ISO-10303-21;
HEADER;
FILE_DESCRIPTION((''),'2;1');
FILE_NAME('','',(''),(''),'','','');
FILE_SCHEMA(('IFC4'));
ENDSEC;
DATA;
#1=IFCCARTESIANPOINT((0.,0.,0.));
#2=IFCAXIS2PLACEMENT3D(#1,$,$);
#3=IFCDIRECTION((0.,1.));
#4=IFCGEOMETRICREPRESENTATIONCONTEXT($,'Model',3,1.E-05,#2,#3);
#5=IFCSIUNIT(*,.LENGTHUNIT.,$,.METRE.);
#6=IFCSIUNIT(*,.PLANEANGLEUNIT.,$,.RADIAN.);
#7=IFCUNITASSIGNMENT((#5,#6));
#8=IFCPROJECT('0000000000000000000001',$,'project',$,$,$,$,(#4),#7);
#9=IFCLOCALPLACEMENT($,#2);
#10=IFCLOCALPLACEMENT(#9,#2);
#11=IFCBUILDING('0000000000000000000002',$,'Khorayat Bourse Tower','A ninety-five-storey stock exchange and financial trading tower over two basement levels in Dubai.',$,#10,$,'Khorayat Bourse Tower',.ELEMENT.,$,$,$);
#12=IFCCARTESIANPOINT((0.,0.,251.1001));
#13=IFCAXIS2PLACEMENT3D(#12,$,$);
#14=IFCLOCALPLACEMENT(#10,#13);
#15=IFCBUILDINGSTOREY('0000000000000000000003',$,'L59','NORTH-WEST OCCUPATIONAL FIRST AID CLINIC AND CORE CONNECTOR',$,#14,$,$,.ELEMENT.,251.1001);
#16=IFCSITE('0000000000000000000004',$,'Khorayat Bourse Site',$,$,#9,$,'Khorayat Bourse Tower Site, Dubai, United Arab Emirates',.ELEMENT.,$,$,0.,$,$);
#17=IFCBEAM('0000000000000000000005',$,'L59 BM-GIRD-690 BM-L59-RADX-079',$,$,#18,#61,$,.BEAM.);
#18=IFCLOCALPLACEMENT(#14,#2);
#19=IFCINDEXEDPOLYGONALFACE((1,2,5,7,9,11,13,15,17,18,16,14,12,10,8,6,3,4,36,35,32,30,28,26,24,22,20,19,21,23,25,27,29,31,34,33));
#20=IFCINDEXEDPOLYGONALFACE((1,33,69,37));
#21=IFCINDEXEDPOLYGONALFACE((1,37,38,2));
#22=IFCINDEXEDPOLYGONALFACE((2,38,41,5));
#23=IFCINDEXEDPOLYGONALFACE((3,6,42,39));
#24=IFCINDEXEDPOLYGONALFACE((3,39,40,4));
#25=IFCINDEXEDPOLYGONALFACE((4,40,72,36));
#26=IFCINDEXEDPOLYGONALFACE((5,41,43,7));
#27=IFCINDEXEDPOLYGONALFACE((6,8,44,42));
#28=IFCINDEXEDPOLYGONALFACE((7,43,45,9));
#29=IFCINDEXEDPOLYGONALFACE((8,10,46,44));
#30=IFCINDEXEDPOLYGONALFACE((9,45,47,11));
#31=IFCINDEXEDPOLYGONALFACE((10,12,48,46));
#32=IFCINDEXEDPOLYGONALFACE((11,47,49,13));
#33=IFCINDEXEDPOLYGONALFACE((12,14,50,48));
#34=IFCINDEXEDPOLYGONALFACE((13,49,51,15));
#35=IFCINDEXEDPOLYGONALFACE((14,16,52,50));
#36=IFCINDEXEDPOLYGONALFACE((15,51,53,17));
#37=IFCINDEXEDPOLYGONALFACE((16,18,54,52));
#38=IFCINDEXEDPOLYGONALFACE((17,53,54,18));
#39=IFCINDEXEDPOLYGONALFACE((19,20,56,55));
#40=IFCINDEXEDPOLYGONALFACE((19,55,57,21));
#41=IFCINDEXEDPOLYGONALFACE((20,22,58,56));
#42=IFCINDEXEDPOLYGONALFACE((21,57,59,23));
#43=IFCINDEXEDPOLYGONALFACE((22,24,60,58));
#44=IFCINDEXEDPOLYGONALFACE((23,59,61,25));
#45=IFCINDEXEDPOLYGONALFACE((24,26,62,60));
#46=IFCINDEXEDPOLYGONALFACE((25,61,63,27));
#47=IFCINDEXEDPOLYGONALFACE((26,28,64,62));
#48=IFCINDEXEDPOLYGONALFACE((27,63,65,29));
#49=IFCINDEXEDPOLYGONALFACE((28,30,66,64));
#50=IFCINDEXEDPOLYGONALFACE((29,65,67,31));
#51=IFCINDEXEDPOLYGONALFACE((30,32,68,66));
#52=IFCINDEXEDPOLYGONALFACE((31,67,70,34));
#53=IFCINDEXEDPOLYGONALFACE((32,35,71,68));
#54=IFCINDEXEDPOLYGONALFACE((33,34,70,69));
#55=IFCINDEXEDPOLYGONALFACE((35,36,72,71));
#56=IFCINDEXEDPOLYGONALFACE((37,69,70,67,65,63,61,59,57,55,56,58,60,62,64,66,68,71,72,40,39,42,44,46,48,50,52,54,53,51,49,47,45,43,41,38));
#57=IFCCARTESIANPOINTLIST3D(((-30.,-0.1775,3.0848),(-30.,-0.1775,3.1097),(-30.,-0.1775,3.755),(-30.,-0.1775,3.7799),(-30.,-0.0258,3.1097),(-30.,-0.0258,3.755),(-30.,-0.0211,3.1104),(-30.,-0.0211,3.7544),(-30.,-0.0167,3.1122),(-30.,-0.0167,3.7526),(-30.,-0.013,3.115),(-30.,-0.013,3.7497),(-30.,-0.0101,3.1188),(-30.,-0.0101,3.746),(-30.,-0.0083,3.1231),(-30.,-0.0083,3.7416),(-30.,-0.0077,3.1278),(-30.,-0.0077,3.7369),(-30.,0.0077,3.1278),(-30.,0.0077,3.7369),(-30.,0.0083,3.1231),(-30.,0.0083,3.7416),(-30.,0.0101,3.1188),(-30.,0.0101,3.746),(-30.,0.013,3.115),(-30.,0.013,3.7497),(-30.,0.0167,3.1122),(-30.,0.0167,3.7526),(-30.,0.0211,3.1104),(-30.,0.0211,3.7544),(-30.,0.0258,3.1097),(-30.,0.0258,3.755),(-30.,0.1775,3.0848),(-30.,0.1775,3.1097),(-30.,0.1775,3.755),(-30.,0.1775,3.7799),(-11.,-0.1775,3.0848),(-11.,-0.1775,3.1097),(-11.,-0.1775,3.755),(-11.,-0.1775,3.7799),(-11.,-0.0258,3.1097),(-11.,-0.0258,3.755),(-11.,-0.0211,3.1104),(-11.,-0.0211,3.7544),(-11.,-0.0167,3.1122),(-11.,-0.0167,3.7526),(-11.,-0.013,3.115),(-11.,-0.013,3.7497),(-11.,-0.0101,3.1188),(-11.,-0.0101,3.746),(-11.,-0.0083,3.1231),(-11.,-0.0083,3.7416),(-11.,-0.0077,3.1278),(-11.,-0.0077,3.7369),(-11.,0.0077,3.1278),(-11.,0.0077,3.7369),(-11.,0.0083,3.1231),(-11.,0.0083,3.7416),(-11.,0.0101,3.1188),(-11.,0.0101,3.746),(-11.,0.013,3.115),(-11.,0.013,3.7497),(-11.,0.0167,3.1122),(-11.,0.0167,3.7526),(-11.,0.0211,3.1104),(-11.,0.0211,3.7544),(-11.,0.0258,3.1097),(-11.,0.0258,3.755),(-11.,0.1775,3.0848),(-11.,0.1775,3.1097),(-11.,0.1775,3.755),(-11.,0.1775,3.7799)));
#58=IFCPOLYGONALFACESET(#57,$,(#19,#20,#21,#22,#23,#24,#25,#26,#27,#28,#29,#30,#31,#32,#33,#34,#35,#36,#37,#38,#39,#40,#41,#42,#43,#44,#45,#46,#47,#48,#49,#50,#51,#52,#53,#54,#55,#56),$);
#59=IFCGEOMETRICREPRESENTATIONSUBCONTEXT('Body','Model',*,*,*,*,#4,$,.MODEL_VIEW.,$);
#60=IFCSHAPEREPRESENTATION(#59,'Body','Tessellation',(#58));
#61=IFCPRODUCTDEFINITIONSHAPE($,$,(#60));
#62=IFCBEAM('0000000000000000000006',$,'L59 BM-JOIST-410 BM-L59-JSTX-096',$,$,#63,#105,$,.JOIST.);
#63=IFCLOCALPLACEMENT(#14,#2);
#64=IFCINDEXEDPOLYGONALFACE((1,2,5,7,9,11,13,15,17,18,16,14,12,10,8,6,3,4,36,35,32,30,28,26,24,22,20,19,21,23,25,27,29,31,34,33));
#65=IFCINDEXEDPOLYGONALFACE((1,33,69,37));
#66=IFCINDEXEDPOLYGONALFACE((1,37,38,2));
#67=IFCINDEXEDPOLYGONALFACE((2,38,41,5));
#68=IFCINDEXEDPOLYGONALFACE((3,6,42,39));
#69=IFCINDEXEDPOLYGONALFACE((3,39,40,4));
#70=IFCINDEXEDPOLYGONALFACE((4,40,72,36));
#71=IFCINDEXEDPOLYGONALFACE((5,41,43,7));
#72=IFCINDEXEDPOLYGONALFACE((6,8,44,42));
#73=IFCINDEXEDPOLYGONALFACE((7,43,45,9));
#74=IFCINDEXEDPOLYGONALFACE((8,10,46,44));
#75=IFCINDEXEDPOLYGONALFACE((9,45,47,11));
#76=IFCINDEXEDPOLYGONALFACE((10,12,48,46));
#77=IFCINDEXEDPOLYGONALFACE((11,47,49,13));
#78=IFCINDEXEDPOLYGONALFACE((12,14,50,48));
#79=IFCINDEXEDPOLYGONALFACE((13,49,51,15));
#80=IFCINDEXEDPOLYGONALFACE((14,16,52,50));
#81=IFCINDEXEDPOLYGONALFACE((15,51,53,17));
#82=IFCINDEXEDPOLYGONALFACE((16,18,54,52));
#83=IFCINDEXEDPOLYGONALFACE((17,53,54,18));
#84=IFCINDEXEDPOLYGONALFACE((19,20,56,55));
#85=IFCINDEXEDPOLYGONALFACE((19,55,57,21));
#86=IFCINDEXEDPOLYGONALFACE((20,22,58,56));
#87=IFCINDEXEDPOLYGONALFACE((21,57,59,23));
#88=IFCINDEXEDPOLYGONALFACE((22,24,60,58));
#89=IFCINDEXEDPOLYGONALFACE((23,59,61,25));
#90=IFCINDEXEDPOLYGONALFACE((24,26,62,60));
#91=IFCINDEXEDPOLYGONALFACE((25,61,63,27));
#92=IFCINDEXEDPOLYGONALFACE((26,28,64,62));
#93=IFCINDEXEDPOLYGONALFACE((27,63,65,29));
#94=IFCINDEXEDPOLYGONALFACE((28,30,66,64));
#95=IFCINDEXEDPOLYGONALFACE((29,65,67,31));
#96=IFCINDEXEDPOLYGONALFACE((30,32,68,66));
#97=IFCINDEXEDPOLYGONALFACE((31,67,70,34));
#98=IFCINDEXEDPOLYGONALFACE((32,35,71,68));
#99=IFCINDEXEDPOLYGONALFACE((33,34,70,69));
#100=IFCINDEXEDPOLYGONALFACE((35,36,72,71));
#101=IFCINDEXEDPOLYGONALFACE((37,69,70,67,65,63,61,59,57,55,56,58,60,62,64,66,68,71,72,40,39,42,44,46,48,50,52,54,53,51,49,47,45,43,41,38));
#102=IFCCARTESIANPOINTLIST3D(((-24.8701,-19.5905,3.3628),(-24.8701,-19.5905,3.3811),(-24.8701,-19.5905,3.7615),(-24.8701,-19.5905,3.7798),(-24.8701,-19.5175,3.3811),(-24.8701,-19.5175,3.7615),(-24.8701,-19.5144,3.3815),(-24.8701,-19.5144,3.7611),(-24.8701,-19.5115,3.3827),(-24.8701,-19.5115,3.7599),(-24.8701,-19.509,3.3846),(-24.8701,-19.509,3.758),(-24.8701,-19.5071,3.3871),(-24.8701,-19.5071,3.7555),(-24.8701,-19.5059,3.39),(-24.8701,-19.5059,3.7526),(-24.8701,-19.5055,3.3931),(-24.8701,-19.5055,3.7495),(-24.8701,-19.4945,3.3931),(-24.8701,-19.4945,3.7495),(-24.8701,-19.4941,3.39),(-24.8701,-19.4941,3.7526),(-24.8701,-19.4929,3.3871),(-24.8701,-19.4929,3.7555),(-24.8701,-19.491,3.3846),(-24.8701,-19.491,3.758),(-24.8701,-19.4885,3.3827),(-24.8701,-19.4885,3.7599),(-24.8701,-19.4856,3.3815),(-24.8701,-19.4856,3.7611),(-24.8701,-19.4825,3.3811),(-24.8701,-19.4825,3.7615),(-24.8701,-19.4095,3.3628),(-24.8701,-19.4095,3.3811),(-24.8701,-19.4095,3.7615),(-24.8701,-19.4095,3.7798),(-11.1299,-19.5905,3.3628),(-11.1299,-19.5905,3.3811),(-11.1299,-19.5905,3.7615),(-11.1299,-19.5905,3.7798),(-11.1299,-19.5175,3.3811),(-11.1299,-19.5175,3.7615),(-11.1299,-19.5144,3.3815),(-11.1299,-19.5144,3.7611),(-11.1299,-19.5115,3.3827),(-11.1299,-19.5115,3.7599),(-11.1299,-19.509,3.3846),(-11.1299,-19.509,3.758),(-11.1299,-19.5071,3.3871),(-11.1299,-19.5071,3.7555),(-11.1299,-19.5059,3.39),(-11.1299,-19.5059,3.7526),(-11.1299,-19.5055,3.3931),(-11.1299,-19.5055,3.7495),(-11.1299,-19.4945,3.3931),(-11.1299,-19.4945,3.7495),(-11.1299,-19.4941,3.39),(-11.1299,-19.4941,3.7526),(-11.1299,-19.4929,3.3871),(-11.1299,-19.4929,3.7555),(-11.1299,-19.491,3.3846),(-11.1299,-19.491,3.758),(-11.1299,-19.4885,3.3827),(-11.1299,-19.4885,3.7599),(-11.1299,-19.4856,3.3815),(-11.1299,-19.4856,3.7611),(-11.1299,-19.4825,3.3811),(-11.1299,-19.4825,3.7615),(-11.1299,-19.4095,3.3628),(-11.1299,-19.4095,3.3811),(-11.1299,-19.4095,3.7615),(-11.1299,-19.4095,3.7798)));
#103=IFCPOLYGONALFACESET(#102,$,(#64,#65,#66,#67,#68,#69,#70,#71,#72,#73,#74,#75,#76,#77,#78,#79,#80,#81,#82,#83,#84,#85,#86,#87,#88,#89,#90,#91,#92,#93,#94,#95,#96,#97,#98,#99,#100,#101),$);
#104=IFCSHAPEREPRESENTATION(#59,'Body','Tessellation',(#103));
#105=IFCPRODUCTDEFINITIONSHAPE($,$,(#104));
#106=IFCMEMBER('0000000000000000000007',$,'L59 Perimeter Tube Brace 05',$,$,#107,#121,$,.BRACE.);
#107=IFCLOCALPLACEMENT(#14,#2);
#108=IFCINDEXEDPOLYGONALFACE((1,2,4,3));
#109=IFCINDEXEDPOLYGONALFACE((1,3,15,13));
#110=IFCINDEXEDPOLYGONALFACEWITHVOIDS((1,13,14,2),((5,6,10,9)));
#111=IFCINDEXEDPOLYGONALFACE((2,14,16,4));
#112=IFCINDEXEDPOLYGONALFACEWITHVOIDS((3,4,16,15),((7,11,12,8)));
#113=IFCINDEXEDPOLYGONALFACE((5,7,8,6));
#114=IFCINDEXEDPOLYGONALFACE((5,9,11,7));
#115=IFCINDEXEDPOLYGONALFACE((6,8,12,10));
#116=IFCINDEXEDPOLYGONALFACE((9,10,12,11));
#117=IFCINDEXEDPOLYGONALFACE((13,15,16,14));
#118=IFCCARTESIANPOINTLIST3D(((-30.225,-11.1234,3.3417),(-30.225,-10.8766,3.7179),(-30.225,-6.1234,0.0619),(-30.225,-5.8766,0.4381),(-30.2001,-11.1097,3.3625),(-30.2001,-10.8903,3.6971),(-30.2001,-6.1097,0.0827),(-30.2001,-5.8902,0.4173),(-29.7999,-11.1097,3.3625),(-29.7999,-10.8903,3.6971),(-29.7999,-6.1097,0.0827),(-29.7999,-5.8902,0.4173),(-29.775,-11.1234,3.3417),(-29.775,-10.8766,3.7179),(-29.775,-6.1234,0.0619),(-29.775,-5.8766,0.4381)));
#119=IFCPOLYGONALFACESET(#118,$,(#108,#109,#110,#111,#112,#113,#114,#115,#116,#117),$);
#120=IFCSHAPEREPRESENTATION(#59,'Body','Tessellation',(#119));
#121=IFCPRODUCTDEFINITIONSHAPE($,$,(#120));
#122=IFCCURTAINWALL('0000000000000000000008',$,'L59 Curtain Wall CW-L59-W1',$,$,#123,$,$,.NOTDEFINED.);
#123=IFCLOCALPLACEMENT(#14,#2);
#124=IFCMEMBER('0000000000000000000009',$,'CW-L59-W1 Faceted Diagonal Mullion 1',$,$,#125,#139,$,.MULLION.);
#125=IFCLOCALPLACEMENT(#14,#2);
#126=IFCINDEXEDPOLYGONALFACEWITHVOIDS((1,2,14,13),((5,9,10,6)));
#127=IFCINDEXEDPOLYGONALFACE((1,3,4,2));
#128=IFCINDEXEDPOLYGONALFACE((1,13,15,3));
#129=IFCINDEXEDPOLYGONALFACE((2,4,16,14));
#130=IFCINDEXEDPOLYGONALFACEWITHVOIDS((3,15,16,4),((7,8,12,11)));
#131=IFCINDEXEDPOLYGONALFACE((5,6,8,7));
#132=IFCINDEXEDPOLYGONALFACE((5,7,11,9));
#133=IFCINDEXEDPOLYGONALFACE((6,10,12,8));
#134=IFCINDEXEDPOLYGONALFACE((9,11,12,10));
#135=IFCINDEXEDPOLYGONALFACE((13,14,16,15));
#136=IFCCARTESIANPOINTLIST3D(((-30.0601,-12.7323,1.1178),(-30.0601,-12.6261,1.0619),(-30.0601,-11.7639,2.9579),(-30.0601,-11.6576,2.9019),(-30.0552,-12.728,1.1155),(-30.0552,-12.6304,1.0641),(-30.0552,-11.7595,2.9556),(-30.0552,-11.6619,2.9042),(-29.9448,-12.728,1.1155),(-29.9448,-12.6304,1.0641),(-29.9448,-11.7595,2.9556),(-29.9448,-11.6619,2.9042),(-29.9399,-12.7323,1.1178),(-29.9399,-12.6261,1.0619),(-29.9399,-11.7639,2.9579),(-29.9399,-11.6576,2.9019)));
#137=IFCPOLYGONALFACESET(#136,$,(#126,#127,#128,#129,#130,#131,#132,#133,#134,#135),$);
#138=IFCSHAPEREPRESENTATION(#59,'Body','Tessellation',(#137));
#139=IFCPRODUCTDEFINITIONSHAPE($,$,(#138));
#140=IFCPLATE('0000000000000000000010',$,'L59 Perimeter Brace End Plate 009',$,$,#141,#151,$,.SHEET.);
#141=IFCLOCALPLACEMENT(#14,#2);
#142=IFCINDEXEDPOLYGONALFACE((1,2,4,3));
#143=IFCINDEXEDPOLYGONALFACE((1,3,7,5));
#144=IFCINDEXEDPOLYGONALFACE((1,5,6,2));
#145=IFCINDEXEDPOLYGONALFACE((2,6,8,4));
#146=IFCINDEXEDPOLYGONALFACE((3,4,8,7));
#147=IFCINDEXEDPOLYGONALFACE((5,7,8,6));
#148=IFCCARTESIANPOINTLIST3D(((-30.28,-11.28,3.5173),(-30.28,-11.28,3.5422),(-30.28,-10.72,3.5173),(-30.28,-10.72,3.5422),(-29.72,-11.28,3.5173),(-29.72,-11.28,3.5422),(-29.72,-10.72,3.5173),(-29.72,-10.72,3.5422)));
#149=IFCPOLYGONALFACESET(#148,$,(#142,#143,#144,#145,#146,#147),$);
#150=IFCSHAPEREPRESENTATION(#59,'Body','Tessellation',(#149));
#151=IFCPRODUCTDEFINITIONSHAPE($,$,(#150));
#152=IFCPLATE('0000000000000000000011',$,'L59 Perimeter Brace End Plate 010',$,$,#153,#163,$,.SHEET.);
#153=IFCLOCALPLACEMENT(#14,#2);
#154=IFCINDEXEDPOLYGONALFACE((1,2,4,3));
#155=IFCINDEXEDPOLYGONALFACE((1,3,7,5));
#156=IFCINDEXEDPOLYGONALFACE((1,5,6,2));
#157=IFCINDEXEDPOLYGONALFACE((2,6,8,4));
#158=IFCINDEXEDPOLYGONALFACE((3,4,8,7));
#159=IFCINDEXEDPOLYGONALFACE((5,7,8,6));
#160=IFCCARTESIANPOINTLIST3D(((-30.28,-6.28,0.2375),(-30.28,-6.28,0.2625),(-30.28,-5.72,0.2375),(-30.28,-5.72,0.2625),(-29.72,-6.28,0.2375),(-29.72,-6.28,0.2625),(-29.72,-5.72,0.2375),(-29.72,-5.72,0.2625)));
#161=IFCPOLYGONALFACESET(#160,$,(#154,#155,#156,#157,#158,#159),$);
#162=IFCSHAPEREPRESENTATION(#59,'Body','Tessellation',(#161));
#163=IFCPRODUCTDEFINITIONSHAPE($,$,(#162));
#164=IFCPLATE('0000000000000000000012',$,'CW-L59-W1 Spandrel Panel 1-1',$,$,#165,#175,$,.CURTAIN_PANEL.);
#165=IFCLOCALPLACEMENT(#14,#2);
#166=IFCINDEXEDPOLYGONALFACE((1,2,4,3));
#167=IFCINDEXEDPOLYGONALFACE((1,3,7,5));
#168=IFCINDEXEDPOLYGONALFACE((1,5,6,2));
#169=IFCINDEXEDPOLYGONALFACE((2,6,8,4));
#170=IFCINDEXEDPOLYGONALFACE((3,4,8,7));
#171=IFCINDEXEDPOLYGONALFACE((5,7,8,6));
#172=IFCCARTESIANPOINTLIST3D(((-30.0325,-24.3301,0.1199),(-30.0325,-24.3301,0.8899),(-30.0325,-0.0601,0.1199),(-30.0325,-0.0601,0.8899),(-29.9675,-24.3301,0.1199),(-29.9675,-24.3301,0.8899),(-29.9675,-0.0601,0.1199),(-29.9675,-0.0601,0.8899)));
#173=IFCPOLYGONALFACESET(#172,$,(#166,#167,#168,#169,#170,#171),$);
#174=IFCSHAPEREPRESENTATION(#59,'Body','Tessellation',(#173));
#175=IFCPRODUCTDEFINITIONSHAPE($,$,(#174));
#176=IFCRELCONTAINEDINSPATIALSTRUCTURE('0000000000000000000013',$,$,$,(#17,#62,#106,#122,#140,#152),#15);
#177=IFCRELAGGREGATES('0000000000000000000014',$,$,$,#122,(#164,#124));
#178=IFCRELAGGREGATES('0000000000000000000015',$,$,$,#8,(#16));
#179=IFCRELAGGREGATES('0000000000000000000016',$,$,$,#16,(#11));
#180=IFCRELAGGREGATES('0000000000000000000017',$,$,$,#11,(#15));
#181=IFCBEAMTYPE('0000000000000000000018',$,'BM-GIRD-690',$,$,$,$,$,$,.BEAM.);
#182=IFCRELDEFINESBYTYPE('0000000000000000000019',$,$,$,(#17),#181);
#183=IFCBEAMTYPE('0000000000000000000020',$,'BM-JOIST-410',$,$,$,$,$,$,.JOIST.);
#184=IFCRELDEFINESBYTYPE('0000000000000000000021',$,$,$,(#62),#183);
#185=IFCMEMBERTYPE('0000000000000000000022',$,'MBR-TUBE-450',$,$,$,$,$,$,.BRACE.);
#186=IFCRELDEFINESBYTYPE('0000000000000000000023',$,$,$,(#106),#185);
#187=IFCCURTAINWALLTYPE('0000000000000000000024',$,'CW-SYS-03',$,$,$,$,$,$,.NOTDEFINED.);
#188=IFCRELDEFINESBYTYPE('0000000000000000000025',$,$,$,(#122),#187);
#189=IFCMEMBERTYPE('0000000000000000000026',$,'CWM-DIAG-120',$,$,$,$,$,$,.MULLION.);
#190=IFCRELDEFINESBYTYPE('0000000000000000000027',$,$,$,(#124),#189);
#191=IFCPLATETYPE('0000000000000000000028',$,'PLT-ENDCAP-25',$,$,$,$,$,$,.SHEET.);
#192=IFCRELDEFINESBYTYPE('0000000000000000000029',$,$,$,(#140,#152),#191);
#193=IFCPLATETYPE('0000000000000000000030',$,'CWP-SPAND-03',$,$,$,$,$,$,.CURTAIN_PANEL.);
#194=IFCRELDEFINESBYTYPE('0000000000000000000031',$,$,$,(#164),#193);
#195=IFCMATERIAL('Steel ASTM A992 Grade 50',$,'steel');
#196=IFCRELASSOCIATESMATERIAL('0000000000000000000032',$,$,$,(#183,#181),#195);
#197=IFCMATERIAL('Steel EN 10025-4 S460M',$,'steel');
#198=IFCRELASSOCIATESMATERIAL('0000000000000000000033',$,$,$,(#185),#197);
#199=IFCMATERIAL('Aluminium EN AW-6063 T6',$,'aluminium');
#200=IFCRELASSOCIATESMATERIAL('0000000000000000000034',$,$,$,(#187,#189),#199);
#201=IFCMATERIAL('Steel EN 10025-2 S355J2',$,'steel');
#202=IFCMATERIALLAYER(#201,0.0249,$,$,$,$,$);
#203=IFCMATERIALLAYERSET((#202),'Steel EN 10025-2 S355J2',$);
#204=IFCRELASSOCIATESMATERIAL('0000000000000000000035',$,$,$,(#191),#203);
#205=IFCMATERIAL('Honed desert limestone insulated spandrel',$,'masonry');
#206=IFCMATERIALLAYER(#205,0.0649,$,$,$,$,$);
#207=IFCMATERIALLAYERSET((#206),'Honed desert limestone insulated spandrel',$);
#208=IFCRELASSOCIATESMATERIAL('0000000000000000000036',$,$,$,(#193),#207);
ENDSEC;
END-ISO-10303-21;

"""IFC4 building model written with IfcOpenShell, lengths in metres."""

from ifc_helpers import new_model, si_unit, direction, frame, origin, origin_2d, place, context, subcontext, project, spatial, rectangle, hollow_rectangle, i_section, extrude, source, transform, mapped, material, layer, layer_set, material_profile, profile_set, type_object, element, aggregate, save


model = new_model("IFC4")

# Units and contexts
model_context = context("Model", 3, precision=1e-05, world=origin(), true_north=direction((0.0, 1.0)))
body_context = subcontext(model_context, "Body", "Model", "MODEL_VIEW")
ifc_project = project(units=[si_unit("LENGTHUNIT", "METRE"), si_unit("PLANEANGLEUNIT", "RADIAN")], contexts=[model_context])

# Site, building, storey
site_placement = place(None, origin())
site = spatial("IfcSite", under=ifc_project, at=site_placement, Name="Khorayat Bourse Site", LongName="Khorayat Bourse Tower Site, Dubai, United Arab Emirates", CompositionType="ELEMENT", RefElevation=0.0)
building_placement = place(site_placement, origin())
building = spatial("IfcBuilding", under=site, at=building_placement, Name="Khorayat Bourse Tower", Description="A ninety-five-storey stock exchange and financial trading tower over two basement levels in Dubai.", LongName="Khorayat Bourse Tower", CompositionType="ELEMENT")
storey_placement = place(building_placement, frame((0.0, 0.0, 251.1001)))
storey = spatial("IfcBuildingStorey", under=building, at=storey_placement, Name="L59", Description="NORTH-WEST OCCUPATIONAL FIRST AID CLINIC AND CORE CONNECTOR", CompositionType="ELEMENT", Elevation=251.1001)

# Shared definitions
ifc_material_1 = material(Name="Steel EN 10025-4 S460M", Category="steel")

# Beams
ifc_material_2 = material(Name="Steel ASTM A992 Grade 50", Category="steel")
ifc_material_profile_1 = material_profile(ifc_material_2, i_section(OverallWidth=0.1809, OverallDepth=0.417, WebThickness=0.011, FlangeThickness=0.0183, FilletRadius=0.012, at=origin_2d()), Name="W410X85")
ifc_profile_set_1 = profile_set([ifc_material_profile_1], Name="Steel ASTM A992 Grade 50")
beam_type_1 = type_object("IfcBeamType", Name="BM-JOIST-410", PredefinedType="JOIST", material=ifc_profile_set_1)
ifc_material_profile_2 = material_profile(ifc_material_2, i_section(OverallWidth=0.355, OverallDepth=0.6951, WebThickness=0.0154, FlangeThickness=0.0249, FilletRadius=0.0181, at=origin_2d()), Name="W690X217")
ifc_profile_set_2 = profile_set([ifc_material_profile_2], Name="Steel ASTM A992 Grade 50")
beam_type_2 = type_object("IfcBeamType", Name="BM-GIRD-690", PredefinedType="BEAM", material=ifc_profile_set_2)
shared_shape_1 = source(origin(), body_context, "Body", "SweptSolid", [
    extrude(i_section(OverallWidth=0.355, OverallDepth=0.6951, WebThickness=0.0154, FlangeThickness=0.0249, FilletRadius=0.0181, at=origin_2d()), origin(), (0.0, 0.0, 1.0), 19.0),
])
for number, where, z_axis, x_axis, name in (
    (1, (-30.0, 0.0, 3.4324), (1.0, 0.0, 0.0), (0.0, 1.0, 0.0), "L59 BM-GIRD-690 BM-L59-RADX-079"),
):
    element("IfcBeam", number, at=place(storey_placement, frame(where, z_axis=z_axis, x_axis=x_axis)), inside=storey, type_object=beam_type_2, Name=name, PredefinedType="BEAM", context=body_context, shape_type="MappedRepresentation", body=[
        mapped(shared_shape_1, transform((0.0, 0.0, 0.0), scale=1.0)),
    ])
shared_shape_2 = source(origin(), body_context, "Body", "SweptSolid", [
    extrude(i_section(OverallWidth=0.1809, OverallDepth=0.417, WebThickness=0.011, FlangeThickness=0.0183, FilletRadius=0.012, at=origin_2d()), origin(), (0.0, 0.0, 1.0), 13.7402),
])
beam_1_placement = place(storey_placement, frame((-24.8701, -19.5, 3.5713), z_axis=(1.0, 0.0, 0.0), x_axis=(0.0, 1.0, 0.0)))
element("IfcBeam", 2, at=beam_1_placement, inside=storey, type_object=beam_type_1, Name="L59 BM-JOIST-410 BM-L59-JSTX-096", PredefinedType="JOIST", context=body_context, shape_type="MappedRepresentation", body=[
    mapped(shared_shape_2, transform((0.0, 0.0, 0.0), scale=1.0)),
])

# Member
ifc_material_profile_3 = material_profile(ifc_material_1, hollow_rectangle(XDim=0.45, YDim=0.45, WallThickness=0.0249, at=origin_2d()), Name="HSS 450x450x25")
ifc_profile_set_3 = profile_set([ifc_material_profile_3], Name="Steel EN 10025-4 S460M")
member_type_1 = type_object("IfcMemberType", Name="MBR-TUBE-450", PredefinedType="BRACE", material=ifc_profile_set_3)
shared_shape_3 = source(origin(), body_context, "Body", "SweptSolid", [
    extrude(hollow_rectangle(XDim=0.45, YDim=0.45, WallThickness=0.0249, at=origin_2d()), origin(), (0.0, 0.0, 1.0), 5.9797),
])
member_1_placement = place(storey_placement, frame((-30.0, -11.0, 3.5298), z_axis=(0.0, 0.83616, -0.548485), x_axis=(-1.0, 0.0, 0.0)))
element("IfcMember", 3, at=member_1_placement, inside=storey, type_object=member_type_1, Name="L59 Perimeter Tube Brace 05", PredefinedType="BRACE", context=body_context, shape_type="MappedRepresentation", body=[
    mapped(shared_shape_3, transform((0.0, 0.0, 0.0), scale=1.0)),
])

# Curtain wall, member
ifc_material_3 = material(Name="Aluminium EN AW-6063 T6", Category="aluminium")
curtain_wall_type = type_object("IfcCurtainWallType", Name="CW-SYS-03", PredefinedType="NOTDEFINED", material=ifc_material_3)
curtain_wall_placement = place(storey_placement, origin())
curtain_wall = element("IfcCurtainWall", 4, at=curtain_wall_placement, inside=storey, type_object=curtain_wall_type, Name="L59 Curtain Wall CW-L59-W1", PredefinedType="NOTDEFINED")
ifc_material_profile_4 = material_profile(ifc_material_3, hollow_rectangle(XDim=0.1201, YDim=0.1201, WallThickness=0.0049, at=origin_2d()), Name="ALU 120x120x5")
ifc_profile_set_4 = profile_set([ifc_material_profile_4], Name="Aluminium EN AW-6063 T6")
member_type_2 = type_object("IfcMemberType", Name="CWM-DIAG-120", PredefinedType="MULLION", material=ifc_profile_set_4)
shared_shape_4 = source(origin(), body_context, "Body", "SweptSolid", [
    extrude(hollow_rectangle(XDim=0.1201, YDim=0.1201, WallThickness=0.0049, at=origin_2d()), origin(), (0.0, 0.0, 1.0), 2.0793),
])
member_2_placement = place(storey_placement, frame((-30.0, -12.6792, 1.0898), z_axis=(0.0, 0.465761, 0.884911), x_axis=(-1.0, 0.0, 0.0)))
member_2 = element("IfcMember", 5, at=member_2_placement, type_object=member_type_2, Name="CW-L59-W1 Faceted Diagonal Mullion 1", PredefinedType="MULLION", context=body_context, shape_type="MappedRepresentation", body=[
    mapped(shared_shape_4, transform((0.0, 0.0, 0.0), scale=1.0)),
])

# Plates
ifc_material_4 = material(Name="Steel EN 10025-2 S355J2", Category="steel")
ifc_layer_1 = layer(ifc_material_4, 0.0249)
ifc_layer_set_1 = layer_set([ifc_layer_1], Name="Steel EN 10025-2 S355J2")
plate_type_1 = type_object("IfcPlateType", Name="PLT-ENDCAP-25", PredefinedType="SHEET", material=ifc_layer_set_1)
shared_shape_5 = source(origin(), body_context, "Body", "SweptSolid", [
    extrude(rectangle(XDim=0.5601, YDim=0.5601, at=origin_2d()), origin(), (0.0, 0.0, 1.0), 0.0249),
])
for number, where, z_axis, x_axis, name in (
    (6, (-30.0, -11.0, 3.5173), (0.0, 0.0, 1.0), (1.0, 0.0, 0.0), "L59 Perimeter Brace End Plate 009"),
    (7, (-30.0, -6.0, 0.2375), (0.0, 0.0, 1.0), (1.0, 0.0, 0.0), "L59 Perimeter Brace End Plate 010"),
):
    element("IfcPlate", number, at=place(storey_placement, frame(where, z_axis=z_axis, x_axis=x_axis)), inside=storey, type_object=plate_type_1, Name=name, PredefinedType="SHEET", context=body_context, shape_type="MappedRepresentation", body=[
        mapped(shared_shape_5, transform((0.0, 0.0, 0.0), scale=1.0)),
    ])

# Plate
ifc_material_5 = material(Name="Honed desert limestone insulated spandrel", Category="masonry")
ifc_layer_2 = layer(ifc_material_5, 0.0649)
ifc_layer_set_2 = layer_set([ifc_layer_2], Name="Honed desert limestone insulated spandrel")
plate_type_2 = type_object("IfcPlateType", Name="CWP-SPAND-03", PredefinedType="CURTAIN_PANEL", material=ifc_layer_set_2)
shared_shape_6 = source(origin(), body_context, "Body", "SweptSolid", [
    extrude(rectangle(XDim=24.27, YDim=0.0649, at=origin_2d()), origin(), (0.0, 0.0, 1.0), 0.77),
])
plate_1_placement = place(storey_placement, frame((-30.0, -12.1951, 0.1199), z_axis=(0.0, 0.0, 1.0), x_axis=(0.0, 1.0, 0.0)))
plate_1 = element("IfcPlate", 8, at=plate_1_placement, type_object=plate_type_2, Name="CW-L59-W1 Spandrel Panel 1-1", PredefinedType="CURTAIN_PANEL", context=body_context, shape_type="MappedRepresentation", body=[
    mapped(shared_shape_6, transform((0.0, 0.0, 0.0), scale=1.0)),
])
aggregate(curtain_wall, [plate_1, member_2])

save(model, "model.ifc")
